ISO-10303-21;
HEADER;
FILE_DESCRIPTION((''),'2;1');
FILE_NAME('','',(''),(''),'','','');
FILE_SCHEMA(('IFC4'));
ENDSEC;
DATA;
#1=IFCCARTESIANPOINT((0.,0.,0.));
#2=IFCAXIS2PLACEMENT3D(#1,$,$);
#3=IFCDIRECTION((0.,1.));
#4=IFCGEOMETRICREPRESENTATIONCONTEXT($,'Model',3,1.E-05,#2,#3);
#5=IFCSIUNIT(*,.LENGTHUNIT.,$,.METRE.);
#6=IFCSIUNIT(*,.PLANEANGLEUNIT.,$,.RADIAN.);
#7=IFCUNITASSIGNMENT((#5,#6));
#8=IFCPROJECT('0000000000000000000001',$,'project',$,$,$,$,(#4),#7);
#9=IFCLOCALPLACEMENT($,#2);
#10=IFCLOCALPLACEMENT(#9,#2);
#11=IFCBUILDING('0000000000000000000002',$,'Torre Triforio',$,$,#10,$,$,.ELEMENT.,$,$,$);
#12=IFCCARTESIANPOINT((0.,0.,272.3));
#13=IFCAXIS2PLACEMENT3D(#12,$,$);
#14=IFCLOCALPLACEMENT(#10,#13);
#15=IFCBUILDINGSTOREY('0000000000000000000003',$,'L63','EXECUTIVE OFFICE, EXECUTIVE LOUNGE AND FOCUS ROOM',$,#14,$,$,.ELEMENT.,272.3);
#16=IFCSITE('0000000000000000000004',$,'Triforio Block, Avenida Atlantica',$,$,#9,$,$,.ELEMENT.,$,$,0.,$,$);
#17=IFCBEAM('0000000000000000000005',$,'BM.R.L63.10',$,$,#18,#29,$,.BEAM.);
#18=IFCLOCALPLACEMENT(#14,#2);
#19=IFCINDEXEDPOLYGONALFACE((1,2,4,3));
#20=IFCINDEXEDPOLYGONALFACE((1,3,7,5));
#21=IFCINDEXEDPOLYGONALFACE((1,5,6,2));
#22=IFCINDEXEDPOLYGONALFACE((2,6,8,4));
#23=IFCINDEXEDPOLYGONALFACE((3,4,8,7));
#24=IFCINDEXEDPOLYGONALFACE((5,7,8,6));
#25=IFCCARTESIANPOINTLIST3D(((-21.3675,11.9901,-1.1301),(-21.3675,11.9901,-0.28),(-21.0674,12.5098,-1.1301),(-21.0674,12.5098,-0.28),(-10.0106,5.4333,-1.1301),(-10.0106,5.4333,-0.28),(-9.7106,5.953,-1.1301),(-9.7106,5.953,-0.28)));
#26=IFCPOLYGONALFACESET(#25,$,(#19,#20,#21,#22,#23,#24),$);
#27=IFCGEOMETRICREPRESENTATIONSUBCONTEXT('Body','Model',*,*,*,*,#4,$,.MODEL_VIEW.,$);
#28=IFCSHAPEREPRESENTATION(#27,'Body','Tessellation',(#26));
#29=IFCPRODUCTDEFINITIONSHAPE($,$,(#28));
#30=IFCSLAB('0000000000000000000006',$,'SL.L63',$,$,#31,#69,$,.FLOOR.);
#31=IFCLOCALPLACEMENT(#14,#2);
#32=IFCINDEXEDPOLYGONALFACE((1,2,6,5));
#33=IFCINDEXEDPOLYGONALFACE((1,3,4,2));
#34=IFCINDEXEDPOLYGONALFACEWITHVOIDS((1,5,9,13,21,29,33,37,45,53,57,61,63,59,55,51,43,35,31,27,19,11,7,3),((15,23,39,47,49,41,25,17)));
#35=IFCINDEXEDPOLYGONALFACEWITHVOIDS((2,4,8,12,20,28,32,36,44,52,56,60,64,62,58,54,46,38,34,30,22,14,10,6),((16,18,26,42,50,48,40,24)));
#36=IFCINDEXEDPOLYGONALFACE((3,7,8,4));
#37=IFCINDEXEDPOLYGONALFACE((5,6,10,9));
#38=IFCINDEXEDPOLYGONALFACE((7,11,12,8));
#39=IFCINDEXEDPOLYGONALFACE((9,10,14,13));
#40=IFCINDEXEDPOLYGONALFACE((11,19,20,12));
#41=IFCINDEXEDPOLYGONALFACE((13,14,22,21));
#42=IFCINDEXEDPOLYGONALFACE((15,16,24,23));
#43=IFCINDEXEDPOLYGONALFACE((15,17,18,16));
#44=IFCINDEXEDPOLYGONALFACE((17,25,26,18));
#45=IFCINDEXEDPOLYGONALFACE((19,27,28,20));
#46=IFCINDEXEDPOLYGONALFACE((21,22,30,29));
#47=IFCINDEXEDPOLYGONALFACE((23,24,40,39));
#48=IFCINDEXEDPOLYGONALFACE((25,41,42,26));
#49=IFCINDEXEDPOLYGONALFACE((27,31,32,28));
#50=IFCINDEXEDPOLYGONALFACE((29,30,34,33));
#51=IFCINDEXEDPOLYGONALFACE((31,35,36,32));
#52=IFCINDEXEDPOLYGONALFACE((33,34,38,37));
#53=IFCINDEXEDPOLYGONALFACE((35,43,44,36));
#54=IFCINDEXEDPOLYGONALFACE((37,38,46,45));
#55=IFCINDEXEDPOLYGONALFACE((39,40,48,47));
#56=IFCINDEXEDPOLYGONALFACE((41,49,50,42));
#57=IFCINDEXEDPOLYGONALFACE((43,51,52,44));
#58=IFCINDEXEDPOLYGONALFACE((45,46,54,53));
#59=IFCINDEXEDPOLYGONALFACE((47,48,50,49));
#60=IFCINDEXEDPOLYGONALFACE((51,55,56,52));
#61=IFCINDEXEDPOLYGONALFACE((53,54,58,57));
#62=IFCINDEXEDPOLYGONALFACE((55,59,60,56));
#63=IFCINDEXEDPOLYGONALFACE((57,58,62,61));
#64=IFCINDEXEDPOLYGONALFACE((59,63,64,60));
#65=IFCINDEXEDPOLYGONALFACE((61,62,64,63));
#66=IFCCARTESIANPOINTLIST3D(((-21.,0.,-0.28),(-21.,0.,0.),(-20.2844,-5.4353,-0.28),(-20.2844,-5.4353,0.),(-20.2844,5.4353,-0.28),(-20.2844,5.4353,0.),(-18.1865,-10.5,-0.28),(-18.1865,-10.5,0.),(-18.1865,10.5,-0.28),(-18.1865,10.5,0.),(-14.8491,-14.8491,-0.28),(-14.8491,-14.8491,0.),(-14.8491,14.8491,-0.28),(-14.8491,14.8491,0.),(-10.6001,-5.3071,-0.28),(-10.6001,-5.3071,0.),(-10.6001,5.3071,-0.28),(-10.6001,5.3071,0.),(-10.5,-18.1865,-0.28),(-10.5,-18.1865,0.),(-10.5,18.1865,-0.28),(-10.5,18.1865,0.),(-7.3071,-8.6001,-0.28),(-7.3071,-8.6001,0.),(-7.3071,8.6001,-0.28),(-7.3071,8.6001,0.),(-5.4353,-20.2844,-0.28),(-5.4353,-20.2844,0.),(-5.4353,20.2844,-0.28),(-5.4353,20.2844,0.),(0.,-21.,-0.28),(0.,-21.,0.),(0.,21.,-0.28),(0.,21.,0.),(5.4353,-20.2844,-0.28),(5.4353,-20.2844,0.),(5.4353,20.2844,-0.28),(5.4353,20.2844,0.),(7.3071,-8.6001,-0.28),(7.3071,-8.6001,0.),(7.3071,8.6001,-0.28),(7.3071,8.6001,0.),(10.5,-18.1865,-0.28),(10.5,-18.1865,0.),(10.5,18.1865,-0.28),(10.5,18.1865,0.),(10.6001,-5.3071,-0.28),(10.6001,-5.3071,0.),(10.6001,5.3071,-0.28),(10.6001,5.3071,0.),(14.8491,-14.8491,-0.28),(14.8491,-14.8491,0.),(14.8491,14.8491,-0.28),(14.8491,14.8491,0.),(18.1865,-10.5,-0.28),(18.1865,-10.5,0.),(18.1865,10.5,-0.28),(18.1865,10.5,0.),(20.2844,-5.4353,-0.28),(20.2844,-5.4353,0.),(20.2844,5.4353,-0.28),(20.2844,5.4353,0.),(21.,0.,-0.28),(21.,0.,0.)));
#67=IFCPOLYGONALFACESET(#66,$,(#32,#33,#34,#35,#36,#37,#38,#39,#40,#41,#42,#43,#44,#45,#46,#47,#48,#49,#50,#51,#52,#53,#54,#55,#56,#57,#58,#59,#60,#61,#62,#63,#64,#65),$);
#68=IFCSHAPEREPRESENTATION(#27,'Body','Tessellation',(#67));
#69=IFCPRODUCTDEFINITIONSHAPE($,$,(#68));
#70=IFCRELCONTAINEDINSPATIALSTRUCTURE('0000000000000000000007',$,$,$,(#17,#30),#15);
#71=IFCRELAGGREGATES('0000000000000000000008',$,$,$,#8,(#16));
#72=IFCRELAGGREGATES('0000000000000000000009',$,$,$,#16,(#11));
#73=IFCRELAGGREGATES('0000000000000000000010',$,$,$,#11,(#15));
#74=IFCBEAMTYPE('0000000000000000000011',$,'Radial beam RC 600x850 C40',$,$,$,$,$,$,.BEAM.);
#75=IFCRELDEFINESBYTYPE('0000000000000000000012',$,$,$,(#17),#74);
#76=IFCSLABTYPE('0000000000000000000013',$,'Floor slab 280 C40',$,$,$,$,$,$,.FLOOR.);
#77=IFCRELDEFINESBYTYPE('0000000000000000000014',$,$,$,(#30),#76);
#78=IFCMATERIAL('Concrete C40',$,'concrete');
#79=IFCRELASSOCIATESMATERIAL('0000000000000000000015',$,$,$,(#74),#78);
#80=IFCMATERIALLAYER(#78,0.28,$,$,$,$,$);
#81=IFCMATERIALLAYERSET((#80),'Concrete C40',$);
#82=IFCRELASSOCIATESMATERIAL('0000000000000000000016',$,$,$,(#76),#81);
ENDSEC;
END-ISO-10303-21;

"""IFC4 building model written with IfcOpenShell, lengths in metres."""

from ifc_helpers import new_model, si_unit, direction, frame, origin, origin_2d, place, context, subcontext, project, spatial, polyline, rectangle, outline, extrude, material, layer, layer_set, material_profile, profile_set, type_object, element, save


model = new_model("IFC4")

# Units and contexts
model_context = context("Model", 3, precision=1e-05, world=origin(), true_north=direction((0.0, 1.0)))
body_context = subcontext(model_context, "Body", "Model", "MODEL_VIEW")
ifc_project = project(units=[si_unit("LENGTHUNIT", "METRE"), si_unit("PLANEANGLEUNIT", "RADIAN")], contexts=[model_context])

# Site, building, storey
site_placement = place(None, origin())
site = spatial("IfcSite", under=ifc_project, at=site_placement, Name="Triforio Block, Avenida Atlantica", CompositionType="ELEMENT", RefElevation=0.0)
building_placement = place(site_placement, origin())
building = spatial("IfcBuilding", under=site, at=building_placement, Name="Torre Triforio", CompositionType="ELEMENT")
storey_placement = place(building_placement, frame((0.0, 0.0, 272.3)))
storey = spatial("IfcBuildingStorey", under=building, at=storey_placement, Name="L63", Description="EXECUTIVE OFFICE, EXECUTIVE LOUNGE AND FOCUS ROOM", CompositionType="ELEMENT", Elevation=272.3)

# Beam
ifc_material_1 = material(Name="Concrete C40", Category="concrete")
ifc_material_profile = material_profile(ifc_material_1, rectangle(XDim=0.6001, YDim=0.8501, at=origin_2d()), Name="RC 600x850")
ifc_profile_set = profile_set([ifc_material_profile], Name="Concrete C40")
beam_type = type_object("IfcBeamType", Name="Radial beam RC 600x850 C40", PredefinedType="BEAM", material=ifc_profile_set)
beam_placement = place(storey_placement, frame((-9.8606, 5.6931, -0.7051), z_axis=(-0.866027, 0.499997, 0.0), x_axis=(-0.499997, -0.866027, 0.0)))
element("IfcBeam", 1, at=beam_placement, inside=storey, type_object=beam_type, Name="BM.R.L63.10", PredefinedType="BEAM", context=body_context, shape_type="SweptSolid", body=[
    extrude(rectangle(XDim=0.6001, YDim=0.8501, at=origin_2d()), origin(), (0.0, 0.0, 1.0), 13.1138),
])

# Slab
ifc_layer_1 = layer(ifc_material_1, 0.28)
ifc_layer_set_1 = layer_set([ifc_layer_1], Name="Concrete C40")
slab_type_1 = type_object("IfcSlabType", Name="Floor slab 280 C40", PredefinedType="FLOOR", material=ifc_layer_set_1)
slab_1_placement = place(storey_placement, frame((0.0, 0.0, -0.28)))
element("IfcSlab", 2, at=slab_1_placement, inside=storey, type_object=slab_type_1, Name="SL.L63", PredefinedType="FLOOR", context=body_context, shape_type="SweptSolid", body=[
    extrude(outline(polyline([(18.1865, -10.5), (20.2844, -5.4353), (21.0, 0.0), (20.2844, 5.4353), (18.1865, 10.5), (14.8491, 14.8491), (10.5, 18.1865), (5.4353, 20.2844), (0.0, 21.0), (-5.4353, 20.2844), (-10.5, 18.1865), (-14.8491, 14.8491), (-18.1865, 10.5), (-20.2844, 5.4353), (-21.0, 0.0), (-20.2844, -5.4353), (-18.1865, -10.5), (-14.8491, -14.8491), (-10.5, -18.1865), (-5.4353, -20.2844), (0.0, -21.0), (5.4353, -20.2844), (10.5, -18.1865), (14.8491, -14.8491), (18.1865, -10.5)]), holes=[polyline([(10.6001, 5.3071), (10.6001, -5.3071), (7.3071, -8.6001), (-7.3071, -8.6001), (-10.6001, -5.3071), (-10.6001, 5.3071), (-7.3071, 8.6001), (7.3071, 8.6001), (10.6001, 5.3071)])]), origin(), (0.0, 0.0, 1.0), 0.28),
])

save(model, "model.ifc")
